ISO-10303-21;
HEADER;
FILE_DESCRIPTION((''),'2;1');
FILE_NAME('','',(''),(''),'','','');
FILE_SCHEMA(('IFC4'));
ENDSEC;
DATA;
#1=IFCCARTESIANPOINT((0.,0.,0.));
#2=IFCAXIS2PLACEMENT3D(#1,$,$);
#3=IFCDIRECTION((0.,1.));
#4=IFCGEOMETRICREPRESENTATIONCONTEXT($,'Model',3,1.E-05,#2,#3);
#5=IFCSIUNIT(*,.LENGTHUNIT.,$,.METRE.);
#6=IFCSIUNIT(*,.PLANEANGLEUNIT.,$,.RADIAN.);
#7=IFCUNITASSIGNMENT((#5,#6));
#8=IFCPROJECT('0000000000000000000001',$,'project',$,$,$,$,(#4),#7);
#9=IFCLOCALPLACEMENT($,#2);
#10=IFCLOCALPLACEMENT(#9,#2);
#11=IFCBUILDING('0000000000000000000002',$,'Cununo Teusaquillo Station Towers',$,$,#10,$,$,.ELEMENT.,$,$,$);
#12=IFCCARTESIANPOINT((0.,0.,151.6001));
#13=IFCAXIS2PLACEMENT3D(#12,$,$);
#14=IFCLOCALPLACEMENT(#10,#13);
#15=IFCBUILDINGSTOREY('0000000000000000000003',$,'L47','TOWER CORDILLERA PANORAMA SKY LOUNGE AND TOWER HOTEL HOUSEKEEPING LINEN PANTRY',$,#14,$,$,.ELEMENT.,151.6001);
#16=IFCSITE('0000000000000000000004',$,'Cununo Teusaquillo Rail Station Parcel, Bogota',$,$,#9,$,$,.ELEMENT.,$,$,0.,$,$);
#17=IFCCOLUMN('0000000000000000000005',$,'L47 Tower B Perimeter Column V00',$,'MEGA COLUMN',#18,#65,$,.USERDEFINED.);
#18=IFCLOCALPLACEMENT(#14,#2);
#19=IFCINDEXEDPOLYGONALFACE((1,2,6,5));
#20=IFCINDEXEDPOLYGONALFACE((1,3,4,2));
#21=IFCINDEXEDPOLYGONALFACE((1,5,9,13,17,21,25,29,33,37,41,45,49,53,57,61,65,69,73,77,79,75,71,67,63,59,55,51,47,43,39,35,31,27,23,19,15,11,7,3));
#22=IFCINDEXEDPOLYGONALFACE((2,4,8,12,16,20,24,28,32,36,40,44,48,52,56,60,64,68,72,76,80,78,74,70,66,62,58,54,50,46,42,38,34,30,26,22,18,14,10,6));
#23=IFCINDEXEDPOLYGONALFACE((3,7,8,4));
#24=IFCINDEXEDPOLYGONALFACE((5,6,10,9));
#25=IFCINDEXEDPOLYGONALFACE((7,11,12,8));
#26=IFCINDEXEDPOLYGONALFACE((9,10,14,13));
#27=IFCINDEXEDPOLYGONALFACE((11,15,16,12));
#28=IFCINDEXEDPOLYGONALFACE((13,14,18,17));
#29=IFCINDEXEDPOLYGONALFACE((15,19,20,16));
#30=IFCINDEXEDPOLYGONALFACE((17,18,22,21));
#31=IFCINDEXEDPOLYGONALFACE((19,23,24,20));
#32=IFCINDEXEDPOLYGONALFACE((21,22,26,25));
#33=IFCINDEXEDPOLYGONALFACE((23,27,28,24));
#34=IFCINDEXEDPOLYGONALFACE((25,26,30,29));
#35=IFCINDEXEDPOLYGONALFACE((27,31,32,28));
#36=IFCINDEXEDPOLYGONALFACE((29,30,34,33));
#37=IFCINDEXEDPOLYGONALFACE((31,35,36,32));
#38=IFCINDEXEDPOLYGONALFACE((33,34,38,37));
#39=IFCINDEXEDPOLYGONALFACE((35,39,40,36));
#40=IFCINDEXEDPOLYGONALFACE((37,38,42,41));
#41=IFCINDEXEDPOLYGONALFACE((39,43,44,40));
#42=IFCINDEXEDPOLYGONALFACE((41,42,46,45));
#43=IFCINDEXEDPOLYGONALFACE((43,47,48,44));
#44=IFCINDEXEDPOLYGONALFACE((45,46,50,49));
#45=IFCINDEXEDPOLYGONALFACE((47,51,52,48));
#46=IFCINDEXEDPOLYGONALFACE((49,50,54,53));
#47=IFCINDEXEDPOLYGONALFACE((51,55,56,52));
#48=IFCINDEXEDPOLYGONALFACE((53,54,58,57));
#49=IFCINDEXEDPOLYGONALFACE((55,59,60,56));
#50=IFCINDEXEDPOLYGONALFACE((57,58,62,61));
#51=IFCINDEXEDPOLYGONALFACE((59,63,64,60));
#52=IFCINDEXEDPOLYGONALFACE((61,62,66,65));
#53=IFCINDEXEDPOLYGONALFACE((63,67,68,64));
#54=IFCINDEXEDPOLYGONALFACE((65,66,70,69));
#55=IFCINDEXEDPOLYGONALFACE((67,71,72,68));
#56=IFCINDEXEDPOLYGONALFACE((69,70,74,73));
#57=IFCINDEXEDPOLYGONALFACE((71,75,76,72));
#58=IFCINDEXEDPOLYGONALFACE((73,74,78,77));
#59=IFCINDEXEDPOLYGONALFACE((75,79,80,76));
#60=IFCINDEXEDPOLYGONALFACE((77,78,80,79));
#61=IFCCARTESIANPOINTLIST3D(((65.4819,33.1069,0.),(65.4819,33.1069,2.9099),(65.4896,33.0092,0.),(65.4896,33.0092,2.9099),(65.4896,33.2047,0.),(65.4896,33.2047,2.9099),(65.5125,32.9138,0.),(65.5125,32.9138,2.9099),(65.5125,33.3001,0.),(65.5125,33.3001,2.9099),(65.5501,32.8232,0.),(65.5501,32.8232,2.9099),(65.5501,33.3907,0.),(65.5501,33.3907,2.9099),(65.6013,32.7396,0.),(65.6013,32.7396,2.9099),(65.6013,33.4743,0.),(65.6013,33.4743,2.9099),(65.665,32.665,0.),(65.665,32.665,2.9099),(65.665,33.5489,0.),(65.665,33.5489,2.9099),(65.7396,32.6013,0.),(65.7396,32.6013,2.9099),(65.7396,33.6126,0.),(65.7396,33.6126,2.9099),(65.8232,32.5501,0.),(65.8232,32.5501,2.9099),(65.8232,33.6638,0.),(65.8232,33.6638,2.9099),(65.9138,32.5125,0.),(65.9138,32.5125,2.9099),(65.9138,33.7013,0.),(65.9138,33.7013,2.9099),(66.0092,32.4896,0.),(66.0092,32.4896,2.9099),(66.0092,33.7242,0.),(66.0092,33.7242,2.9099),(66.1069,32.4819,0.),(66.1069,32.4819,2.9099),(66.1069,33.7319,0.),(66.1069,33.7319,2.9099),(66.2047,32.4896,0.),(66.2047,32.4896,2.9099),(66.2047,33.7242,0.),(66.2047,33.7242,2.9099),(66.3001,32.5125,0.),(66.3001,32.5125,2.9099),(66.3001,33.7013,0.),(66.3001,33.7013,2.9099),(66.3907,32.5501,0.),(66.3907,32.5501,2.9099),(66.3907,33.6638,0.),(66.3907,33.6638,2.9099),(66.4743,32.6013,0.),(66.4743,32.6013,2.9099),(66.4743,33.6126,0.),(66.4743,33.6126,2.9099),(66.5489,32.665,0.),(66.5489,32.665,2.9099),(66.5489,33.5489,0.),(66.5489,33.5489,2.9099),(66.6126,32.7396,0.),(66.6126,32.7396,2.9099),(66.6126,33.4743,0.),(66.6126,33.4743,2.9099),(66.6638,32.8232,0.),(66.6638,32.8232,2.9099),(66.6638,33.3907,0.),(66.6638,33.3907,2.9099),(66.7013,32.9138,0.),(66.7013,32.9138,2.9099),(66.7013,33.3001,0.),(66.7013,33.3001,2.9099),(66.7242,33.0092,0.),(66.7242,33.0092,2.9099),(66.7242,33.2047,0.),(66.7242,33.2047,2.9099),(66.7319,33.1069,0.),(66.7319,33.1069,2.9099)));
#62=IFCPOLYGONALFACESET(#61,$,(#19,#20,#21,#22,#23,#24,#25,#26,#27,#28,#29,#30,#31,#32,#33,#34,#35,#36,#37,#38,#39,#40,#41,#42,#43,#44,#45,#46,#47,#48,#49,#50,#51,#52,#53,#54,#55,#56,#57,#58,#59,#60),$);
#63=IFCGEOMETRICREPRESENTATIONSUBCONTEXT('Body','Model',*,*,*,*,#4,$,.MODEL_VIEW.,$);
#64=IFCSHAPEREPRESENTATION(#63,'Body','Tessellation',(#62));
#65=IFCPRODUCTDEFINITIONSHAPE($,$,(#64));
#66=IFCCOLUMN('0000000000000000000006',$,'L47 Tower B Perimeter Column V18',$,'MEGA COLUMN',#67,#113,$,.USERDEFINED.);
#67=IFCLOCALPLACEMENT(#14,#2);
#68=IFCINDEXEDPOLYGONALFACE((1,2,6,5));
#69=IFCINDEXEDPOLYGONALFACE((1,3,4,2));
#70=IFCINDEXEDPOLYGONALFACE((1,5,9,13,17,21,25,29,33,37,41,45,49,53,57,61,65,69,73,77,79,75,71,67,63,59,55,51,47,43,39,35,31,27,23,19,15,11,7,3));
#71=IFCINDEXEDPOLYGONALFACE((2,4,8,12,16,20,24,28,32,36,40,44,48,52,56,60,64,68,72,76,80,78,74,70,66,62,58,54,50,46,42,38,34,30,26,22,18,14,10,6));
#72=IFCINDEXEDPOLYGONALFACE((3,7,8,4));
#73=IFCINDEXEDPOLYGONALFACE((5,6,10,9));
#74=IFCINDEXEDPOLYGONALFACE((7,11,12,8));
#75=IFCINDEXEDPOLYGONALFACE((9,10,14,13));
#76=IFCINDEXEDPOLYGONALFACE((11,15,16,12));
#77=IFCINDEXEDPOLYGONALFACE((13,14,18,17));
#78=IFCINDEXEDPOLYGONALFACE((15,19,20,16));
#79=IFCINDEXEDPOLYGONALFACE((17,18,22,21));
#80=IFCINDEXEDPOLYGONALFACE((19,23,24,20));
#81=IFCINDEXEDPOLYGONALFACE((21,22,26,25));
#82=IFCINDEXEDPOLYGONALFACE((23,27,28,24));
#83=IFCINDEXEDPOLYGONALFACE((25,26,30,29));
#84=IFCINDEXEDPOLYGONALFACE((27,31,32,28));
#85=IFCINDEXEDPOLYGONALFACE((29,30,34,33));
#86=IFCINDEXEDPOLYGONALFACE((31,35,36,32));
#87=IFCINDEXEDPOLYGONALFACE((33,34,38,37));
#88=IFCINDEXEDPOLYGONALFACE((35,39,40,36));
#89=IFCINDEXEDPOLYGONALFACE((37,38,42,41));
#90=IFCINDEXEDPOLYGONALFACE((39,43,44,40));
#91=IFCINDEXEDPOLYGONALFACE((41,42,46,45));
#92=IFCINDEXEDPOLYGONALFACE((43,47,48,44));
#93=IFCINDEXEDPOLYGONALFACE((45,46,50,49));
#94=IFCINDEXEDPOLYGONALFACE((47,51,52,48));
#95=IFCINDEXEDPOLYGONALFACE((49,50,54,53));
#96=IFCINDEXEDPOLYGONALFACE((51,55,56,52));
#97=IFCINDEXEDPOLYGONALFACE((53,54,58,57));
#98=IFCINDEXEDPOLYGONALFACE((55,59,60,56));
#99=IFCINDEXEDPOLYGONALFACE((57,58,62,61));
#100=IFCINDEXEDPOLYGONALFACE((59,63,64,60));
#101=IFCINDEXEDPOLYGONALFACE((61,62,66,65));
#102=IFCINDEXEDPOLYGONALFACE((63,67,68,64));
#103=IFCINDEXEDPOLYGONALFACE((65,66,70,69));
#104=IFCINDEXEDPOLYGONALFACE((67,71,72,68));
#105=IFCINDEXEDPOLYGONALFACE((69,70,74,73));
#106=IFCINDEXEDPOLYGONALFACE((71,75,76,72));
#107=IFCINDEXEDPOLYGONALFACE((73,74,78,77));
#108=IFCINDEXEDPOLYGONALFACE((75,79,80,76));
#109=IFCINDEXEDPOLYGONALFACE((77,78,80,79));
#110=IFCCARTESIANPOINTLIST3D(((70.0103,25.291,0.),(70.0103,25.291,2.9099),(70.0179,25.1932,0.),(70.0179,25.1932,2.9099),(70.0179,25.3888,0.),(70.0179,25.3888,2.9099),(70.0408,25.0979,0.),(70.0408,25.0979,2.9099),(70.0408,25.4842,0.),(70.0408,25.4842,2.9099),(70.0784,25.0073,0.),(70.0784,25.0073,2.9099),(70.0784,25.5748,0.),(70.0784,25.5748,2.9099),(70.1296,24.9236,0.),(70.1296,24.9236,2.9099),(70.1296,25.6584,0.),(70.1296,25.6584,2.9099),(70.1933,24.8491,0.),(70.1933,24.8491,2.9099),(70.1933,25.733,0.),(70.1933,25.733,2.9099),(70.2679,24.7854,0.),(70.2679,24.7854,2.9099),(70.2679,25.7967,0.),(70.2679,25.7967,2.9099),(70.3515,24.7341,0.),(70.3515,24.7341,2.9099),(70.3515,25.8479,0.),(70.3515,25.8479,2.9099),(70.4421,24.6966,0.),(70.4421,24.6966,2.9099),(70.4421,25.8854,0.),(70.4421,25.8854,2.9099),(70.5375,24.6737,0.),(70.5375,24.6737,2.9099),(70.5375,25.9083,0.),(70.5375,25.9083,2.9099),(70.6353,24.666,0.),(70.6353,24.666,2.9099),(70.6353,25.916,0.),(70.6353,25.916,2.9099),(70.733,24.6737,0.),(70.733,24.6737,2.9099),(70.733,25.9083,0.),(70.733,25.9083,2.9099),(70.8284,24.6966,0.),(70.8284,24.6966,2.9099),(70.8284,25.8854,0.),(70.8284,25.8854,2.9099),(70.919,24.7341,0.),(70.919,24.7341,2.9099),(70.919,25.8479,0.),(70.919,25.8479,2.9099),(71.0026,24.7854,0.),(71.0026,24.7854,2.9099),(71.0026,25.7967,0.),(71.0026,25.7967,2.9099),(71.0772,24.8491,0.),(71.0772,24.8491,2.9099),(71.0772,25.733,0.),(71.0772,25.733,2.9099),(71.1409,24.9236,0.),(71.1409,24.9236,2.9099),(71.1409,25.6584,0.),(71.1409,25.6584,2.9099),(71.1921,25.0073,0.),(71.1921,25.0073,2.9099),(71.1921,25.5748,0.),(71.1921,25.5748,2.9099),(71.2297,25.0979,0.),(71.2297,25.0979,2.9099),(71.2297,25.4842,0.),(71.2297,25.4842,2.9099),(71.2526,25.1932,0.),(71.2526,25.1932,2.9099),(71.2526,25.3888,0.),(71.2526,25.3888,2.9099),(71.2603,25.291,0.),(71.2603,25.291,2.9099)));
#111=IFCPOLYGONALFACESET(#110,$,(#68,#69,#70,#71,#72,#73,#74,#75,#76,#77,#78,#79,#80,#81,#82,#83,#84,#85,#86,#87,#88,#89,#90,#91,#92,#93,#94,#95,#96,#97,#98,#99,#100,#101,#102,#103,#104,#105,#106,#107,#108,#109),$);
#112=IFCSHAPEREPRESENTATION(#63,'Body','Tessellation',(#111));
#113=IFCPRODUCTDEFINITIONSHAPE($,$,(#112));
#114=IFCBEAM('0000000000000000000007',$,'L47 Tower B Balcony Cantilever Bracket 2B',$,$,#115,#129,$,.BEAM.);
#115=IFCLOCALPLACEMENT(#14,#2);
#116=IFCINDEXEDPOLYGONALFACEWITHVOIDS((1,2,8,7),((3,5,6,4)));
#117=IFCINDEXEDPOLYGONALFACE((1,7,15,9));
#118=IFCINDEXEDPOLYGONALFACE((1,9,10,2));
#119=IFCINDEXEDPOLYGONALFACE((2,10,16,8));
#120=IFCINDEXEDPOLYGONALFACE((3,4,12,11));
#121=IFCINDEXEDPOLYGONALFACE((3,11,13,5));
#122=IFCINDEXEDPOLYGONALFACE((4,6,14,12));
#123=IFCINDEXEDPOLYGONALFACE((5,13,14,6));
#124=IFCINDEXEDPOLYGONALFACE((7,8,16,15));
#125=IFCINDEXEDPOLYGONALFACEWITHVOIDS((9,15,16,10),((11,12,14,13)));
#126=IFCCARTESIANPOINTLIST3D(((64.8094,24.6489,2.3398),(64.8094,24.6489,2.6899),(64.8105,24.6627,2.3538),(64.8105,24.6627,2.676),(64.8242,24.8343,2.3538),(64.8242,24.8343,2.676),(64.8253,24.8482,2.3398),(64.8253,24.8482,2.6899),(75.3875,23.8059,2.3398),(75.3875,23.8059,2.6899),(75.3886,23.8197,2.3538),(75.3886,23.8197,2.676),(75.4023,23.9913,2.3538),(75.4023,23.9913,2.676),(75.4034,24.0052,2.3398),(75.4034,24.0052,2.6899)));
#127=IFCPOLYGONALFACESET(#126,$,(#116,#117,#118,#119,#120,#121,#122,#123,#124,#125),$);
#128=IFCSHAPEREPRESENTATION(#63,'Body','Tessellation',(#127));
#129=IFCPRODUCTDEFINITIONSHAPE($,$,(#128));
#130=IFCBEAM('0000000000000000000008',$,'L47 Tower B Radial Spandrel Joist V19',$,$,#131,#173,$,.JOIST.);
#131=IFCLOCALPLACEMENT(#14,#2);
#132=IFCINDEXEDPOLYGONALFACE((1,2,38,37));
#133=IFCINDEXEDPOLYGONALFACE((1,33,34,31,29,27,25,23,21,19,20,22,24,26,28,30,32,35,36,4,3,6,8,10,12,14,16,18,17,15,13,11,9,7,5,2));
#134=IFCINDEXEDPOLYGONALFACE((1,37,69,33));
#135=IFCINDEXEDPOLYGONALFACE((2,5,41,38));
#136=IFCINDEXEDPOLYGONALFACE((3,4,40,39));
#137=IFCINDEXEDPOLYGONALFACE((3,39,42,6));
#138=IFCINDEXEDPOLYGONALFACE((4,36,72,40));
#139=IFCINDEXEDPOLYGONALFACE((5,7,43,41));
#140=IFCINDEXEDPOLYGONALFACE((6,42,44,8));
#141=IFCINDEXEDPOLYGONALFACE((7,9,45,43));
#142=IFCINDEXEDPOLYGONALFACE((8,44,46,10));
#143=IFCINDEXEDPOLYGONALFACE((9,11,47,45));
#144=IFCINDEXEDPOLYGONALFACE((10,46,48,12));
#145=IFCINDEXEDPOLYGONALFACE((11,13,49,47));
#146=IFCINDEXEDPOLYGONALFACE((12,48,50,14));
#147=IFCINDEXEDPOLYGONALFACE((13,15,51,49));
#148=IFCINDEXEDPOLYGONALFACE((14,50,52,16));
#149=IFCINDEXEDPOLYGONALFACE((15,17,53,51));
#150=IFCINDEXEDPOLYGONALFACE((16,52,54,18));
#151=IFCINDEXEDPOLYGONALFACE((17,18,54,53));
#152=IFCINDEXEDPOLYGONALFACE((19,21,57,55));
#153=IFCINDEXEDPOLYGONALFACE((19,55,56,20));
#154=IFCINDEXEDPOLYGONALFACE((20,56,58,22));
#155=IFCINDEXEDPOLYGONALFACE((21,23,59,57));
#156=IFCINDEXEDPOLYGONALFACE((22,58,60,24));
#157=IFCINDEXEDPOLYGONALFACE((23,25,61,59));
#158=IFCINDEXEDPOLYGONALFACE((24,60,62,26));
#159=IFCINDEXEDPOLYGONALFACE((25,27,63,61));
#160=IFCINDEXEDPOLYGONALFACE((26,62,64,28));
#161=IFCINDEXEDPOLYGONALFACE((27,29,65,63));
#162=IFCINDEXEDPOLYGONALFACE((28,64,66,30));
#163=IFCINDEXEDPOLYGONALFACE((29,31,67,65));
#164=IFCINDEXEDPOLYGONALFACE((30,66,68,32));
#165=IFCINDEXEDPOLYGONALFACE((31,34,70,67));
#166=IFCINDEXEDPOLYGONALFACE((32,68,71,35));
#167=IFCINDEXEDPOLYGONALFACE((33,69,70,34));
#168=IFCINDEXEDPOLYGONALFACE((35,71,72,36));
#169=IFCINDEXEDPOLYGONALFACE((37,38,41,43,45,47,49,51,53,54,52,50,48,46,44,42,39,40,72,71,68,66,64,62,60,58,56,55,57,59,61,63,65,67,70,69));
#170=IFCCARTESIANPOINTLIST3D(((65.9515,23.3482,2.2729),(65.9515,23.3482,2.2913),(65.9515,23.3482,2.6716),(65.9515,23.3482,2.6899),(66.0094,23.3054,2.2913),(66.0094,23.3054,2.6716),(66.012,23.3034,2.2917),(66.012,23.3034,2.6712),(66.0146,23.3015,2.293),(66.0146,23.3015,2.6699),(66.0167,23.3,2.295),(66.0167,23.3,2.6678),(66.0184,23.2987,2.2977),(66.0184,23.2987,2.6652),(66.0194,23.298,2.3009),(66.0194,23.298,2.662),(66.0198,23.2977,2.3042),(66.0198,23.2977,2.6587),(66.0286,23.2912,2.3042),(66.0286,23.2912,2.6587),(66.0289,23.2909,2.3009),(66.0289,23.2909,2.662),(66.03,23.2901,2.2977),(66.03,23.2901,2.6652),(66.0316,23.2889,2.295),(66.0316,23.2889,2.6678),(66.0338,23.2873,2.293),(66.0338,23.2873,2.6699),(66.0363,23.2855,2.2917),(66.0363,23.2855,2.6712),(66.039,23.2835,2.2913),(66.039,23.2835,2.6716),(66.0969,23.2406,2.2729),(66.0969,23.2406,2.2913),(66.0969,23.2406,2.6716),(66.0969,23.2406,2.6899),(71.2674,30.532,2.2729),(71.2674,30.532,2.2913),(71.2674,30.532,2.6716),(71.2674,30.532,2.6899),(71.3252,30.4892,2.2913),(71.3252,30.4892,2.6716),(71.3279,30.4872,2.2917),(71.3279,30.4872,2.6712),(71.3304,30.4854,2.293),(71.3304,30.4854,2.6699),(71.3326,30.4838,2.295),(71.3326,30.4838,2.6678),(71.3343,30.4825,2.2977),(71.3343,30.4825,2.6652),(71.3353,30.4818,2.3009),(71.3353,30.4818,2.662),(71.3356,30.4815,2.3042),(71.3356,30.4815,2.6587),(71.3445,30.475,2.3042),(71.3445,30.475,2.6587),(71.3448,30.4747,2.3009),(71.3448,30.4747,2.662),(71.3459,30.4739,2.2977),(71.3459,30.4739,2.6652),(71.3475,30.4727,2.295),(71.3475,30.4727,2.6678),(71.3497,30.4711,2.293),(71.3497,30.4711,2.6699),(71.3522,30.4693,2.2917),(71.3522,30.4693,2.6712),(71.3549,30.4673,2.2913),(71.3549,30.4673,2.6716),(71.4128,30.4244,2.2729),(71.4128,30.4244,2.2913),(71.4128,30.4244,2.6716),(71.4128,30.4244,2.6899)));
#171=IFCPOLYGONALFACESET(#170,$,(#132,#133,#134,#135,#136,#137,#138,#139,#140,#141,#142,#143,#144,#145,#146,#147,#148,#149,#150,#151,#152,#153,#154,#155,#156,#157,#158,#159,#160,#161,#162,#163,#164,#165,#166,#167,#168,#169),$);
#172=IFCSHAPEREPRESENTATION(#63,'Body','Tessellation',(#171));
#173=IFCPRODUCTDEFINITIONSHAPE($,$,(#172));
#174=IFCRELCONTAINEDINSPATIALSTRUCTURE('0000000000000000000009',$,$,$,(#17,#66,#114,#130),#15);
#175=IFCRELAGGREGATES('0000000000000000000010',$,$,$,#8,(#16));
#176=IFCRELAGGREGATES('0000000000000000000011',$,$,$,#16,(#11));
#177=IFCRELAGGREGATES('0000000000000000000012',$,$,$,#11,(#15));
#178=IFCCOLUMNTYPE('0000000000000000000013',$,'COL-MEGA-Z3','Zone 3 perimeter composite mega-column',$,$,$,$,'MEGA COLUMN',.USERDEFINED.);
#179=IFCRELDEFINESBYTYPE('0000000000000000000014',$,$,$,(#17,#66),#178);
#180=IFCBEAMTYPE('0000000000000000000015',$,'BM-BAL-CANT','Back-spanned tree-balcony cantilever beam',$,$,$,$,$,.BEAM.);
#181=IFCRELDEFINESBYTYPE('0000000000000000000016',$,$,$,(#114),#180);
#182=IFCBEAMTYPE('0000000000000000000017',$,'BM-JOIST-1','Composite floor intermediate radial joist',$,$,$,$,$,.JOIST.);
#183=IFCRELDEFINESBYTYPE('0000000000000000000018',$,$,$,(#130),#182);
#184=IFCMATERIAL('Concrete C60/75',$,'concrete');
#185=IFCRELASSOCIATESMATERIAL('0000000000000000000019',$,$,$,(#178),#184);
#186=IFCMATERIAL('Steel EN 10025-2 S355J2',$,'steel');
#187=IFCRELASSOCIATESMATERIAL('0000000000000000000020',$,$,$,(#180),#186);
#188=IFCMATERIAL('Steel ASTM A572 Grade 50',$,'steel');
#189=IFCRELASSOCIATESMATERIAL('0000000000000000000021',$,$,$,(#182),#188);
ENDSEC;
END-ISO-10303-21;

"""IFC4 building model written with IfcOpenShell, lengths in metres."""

from ifc_helpers import new_model, si_unit, direction, frame, origin, origin_2d, place, context, subcontext, project, spatial, hollow_rectangle, circle, i_section, extrude, material, material_profile, profile_set, type_object, element, save


model = new_model("IFC4")

# Units and contexts
model_context = context("Model", 3, precision=1e-05, world=origin(), true_north=direction((0.0, 1.0)))
body_context = subcontext(model_context, "Body", "Model", "MODEL_VIEW")
ifc_project = project(units=[si_unit("LENGTHUNIT", "METRE"), si_unit("PLANEANGLEUNIT", "RADIAN")], contexts=[model_context])

# Site, building, storey
site_placement = place(None, origin())
site = spatial("IfcSite", under=ifc_project, at=site_placement, Name="Cununo Teusaquillo Rail Station Parcel, Bogota", CompositionType="ELEMENT", RefElevation=0.0)
building_placement = place(site_placement, origin())
building = spatial("IfcBuilding", under=site, at=building_placement, Name="Cununo Teusaquillo Station Towers", CompositionType="ELEMENT")
storey_placement = place(building_placement, frame((0.0, 0.0, 151.6001)))
storey = spatial("IfcBuildingStorey", under=building, at=storey_placement, Name="L47", Description="TOWER CORDILLERA PANORAMA SKY LOUNGE AND TOWER HOTEL HOUSEKEEPING LINEN PANTRY", CompositionType="ELEMENT", Elevation=151.6001)

# Columns
ifc_material_1 = material(Name="Concrete C60/75", Category="concrete")
ifc_material_profile_1 = material_profile(ifc_material_1, circle(Radius=0.625, at=origin_2d()), Name="RC-CIRC-1250")
ifc_profile_set_1 = profile_set([ifc_material_profile_1], Name="Concrete C60/75")
column_type = type_object("IfcColumnType", Name="COL-MEGA-Z3", Description="Zone 3 perimeter composite mega-column", ElementType="MEGA COLUMN", PredefinedType="USERDEFINED", material=ifc_profile_set_1)
for number, where, z_axis, x_axis, name in (
    (1, (66.1069, 33.1069, 0.0), (0.0, 0.0, 1.0), (1.0, 0.0, 0.0), "L47 Tower B Perimeter Column V00"),
    (2, (70.6353, 25.291, 0.0), (0.0, 0.0, 1.0), (1.0, 0.0, 0.0), "L47 Tower B Perimeter Column V18"),
):
    element("IfcColumn", number, at=place(storey_placement, frame(where, z_axis=z_axis, x_axis=x_axis)), inside=storey, type_object=column_type, Name=name, ObjectType="MEGA COLUMN", PredefinedType="USERDEFINED", context=body_context, shape_type="SweptSolid", body=[
        extrude(circle(Radius=0.625, at=origin_2d()), origin(), (0.0, 0.0, 1.0), 2.9099),
    ])

# Beams
ifc_material_2 = material(Name="Steel EN 10025-2 S355J2", Category="steel")
ifc_material_profile_2 = material_profile(ifc_material_2, hollow_rectangle(XDim=0.2, YDim=0.3501, WallThickness=0.0139, at=origin_2d()), Name="RHS 350x200x14")
ifc_profile_set_2 = profile_set([ifc_material_profile_2], Name="Steel EN 10025-2 S355J2")
beam_type_1 = type_object("IfcBeamType", Name="BM-BAL-CANT", Description="Back-spanned tree-balcony cantilever beam", PredefinedType="BEAM", material=ifc_profile_set_2)
beam_1_placement = place(storey_placement, frame((64.8174, 24.7485, 2.5149), z_axis=(0.996839, -0.079443, 0.0), x_axis=(0.079443, 0.996839, 0.0)))
element("IfcBeam", 3, at=beam_1_placement, inside=storey, type_object=beam_type_1, Name="L47 Tower B Balcony Cantilever Bracket 2B", PredefinedType="BEAM", context=body_context, shape_type="SweptSolid", body=[
    extrude(hollow_rectangle(XDim=0.2, YDim=0.3501, WallThickness=0.0139, at=origin_2d()), origin(), (0.0, 0.0, 1.0), 10.6116),
])
ifc_material_3 = material(Name="Steel ASTM A572 Grade 50", Category="steel")
ifc_material_profile_3 = material_profile(ifc_material_3, i_section(OverallWidth=0.1809, OverallDepth=0.417, WebThickness=0.011, FlangeThickness=0.0183, FilletRadius=0.0129, at=origin_2d()), Name="W16X57")
ifc_profile_set_3 = profile_set([ifc_material_profile_3], Name="Steel ASTM A572 Grade 50")
beam_type_2 = type_object("IfcBeamType", Name="BM-JOIST-1", Description="Composite floor intermediate radial joist", PredefinedType="JOIST", material=ifc_profile_set_3)
beam_2_placement = place(storey_placement, frame((66.0242, 23.2944, 2.4814), z_axis=(0.594834, 0.803848, 0.0), x_axis=(-0.803848, 0.594834, 0.0)))
element("IfcBeam", 4, at=beam_2_placement, inside=storey, type_object=beam_type_2, Name="L47 Tower B Radial Spandrel Joist V19", PredefinedType="JOIST", context=body_context, shape_type="SweptSolid", body=[
    extrude(i_section(OverallWidth=0.1809, OverallDepth=0.417, WebThickness=0.011, FlangeThickness=0.0183, FilletRadius=0.0129, at=origin_2d()), origin(), (0.0, 0.0, 1.0), 8.9368),
])

save(model, "model.ifc")
